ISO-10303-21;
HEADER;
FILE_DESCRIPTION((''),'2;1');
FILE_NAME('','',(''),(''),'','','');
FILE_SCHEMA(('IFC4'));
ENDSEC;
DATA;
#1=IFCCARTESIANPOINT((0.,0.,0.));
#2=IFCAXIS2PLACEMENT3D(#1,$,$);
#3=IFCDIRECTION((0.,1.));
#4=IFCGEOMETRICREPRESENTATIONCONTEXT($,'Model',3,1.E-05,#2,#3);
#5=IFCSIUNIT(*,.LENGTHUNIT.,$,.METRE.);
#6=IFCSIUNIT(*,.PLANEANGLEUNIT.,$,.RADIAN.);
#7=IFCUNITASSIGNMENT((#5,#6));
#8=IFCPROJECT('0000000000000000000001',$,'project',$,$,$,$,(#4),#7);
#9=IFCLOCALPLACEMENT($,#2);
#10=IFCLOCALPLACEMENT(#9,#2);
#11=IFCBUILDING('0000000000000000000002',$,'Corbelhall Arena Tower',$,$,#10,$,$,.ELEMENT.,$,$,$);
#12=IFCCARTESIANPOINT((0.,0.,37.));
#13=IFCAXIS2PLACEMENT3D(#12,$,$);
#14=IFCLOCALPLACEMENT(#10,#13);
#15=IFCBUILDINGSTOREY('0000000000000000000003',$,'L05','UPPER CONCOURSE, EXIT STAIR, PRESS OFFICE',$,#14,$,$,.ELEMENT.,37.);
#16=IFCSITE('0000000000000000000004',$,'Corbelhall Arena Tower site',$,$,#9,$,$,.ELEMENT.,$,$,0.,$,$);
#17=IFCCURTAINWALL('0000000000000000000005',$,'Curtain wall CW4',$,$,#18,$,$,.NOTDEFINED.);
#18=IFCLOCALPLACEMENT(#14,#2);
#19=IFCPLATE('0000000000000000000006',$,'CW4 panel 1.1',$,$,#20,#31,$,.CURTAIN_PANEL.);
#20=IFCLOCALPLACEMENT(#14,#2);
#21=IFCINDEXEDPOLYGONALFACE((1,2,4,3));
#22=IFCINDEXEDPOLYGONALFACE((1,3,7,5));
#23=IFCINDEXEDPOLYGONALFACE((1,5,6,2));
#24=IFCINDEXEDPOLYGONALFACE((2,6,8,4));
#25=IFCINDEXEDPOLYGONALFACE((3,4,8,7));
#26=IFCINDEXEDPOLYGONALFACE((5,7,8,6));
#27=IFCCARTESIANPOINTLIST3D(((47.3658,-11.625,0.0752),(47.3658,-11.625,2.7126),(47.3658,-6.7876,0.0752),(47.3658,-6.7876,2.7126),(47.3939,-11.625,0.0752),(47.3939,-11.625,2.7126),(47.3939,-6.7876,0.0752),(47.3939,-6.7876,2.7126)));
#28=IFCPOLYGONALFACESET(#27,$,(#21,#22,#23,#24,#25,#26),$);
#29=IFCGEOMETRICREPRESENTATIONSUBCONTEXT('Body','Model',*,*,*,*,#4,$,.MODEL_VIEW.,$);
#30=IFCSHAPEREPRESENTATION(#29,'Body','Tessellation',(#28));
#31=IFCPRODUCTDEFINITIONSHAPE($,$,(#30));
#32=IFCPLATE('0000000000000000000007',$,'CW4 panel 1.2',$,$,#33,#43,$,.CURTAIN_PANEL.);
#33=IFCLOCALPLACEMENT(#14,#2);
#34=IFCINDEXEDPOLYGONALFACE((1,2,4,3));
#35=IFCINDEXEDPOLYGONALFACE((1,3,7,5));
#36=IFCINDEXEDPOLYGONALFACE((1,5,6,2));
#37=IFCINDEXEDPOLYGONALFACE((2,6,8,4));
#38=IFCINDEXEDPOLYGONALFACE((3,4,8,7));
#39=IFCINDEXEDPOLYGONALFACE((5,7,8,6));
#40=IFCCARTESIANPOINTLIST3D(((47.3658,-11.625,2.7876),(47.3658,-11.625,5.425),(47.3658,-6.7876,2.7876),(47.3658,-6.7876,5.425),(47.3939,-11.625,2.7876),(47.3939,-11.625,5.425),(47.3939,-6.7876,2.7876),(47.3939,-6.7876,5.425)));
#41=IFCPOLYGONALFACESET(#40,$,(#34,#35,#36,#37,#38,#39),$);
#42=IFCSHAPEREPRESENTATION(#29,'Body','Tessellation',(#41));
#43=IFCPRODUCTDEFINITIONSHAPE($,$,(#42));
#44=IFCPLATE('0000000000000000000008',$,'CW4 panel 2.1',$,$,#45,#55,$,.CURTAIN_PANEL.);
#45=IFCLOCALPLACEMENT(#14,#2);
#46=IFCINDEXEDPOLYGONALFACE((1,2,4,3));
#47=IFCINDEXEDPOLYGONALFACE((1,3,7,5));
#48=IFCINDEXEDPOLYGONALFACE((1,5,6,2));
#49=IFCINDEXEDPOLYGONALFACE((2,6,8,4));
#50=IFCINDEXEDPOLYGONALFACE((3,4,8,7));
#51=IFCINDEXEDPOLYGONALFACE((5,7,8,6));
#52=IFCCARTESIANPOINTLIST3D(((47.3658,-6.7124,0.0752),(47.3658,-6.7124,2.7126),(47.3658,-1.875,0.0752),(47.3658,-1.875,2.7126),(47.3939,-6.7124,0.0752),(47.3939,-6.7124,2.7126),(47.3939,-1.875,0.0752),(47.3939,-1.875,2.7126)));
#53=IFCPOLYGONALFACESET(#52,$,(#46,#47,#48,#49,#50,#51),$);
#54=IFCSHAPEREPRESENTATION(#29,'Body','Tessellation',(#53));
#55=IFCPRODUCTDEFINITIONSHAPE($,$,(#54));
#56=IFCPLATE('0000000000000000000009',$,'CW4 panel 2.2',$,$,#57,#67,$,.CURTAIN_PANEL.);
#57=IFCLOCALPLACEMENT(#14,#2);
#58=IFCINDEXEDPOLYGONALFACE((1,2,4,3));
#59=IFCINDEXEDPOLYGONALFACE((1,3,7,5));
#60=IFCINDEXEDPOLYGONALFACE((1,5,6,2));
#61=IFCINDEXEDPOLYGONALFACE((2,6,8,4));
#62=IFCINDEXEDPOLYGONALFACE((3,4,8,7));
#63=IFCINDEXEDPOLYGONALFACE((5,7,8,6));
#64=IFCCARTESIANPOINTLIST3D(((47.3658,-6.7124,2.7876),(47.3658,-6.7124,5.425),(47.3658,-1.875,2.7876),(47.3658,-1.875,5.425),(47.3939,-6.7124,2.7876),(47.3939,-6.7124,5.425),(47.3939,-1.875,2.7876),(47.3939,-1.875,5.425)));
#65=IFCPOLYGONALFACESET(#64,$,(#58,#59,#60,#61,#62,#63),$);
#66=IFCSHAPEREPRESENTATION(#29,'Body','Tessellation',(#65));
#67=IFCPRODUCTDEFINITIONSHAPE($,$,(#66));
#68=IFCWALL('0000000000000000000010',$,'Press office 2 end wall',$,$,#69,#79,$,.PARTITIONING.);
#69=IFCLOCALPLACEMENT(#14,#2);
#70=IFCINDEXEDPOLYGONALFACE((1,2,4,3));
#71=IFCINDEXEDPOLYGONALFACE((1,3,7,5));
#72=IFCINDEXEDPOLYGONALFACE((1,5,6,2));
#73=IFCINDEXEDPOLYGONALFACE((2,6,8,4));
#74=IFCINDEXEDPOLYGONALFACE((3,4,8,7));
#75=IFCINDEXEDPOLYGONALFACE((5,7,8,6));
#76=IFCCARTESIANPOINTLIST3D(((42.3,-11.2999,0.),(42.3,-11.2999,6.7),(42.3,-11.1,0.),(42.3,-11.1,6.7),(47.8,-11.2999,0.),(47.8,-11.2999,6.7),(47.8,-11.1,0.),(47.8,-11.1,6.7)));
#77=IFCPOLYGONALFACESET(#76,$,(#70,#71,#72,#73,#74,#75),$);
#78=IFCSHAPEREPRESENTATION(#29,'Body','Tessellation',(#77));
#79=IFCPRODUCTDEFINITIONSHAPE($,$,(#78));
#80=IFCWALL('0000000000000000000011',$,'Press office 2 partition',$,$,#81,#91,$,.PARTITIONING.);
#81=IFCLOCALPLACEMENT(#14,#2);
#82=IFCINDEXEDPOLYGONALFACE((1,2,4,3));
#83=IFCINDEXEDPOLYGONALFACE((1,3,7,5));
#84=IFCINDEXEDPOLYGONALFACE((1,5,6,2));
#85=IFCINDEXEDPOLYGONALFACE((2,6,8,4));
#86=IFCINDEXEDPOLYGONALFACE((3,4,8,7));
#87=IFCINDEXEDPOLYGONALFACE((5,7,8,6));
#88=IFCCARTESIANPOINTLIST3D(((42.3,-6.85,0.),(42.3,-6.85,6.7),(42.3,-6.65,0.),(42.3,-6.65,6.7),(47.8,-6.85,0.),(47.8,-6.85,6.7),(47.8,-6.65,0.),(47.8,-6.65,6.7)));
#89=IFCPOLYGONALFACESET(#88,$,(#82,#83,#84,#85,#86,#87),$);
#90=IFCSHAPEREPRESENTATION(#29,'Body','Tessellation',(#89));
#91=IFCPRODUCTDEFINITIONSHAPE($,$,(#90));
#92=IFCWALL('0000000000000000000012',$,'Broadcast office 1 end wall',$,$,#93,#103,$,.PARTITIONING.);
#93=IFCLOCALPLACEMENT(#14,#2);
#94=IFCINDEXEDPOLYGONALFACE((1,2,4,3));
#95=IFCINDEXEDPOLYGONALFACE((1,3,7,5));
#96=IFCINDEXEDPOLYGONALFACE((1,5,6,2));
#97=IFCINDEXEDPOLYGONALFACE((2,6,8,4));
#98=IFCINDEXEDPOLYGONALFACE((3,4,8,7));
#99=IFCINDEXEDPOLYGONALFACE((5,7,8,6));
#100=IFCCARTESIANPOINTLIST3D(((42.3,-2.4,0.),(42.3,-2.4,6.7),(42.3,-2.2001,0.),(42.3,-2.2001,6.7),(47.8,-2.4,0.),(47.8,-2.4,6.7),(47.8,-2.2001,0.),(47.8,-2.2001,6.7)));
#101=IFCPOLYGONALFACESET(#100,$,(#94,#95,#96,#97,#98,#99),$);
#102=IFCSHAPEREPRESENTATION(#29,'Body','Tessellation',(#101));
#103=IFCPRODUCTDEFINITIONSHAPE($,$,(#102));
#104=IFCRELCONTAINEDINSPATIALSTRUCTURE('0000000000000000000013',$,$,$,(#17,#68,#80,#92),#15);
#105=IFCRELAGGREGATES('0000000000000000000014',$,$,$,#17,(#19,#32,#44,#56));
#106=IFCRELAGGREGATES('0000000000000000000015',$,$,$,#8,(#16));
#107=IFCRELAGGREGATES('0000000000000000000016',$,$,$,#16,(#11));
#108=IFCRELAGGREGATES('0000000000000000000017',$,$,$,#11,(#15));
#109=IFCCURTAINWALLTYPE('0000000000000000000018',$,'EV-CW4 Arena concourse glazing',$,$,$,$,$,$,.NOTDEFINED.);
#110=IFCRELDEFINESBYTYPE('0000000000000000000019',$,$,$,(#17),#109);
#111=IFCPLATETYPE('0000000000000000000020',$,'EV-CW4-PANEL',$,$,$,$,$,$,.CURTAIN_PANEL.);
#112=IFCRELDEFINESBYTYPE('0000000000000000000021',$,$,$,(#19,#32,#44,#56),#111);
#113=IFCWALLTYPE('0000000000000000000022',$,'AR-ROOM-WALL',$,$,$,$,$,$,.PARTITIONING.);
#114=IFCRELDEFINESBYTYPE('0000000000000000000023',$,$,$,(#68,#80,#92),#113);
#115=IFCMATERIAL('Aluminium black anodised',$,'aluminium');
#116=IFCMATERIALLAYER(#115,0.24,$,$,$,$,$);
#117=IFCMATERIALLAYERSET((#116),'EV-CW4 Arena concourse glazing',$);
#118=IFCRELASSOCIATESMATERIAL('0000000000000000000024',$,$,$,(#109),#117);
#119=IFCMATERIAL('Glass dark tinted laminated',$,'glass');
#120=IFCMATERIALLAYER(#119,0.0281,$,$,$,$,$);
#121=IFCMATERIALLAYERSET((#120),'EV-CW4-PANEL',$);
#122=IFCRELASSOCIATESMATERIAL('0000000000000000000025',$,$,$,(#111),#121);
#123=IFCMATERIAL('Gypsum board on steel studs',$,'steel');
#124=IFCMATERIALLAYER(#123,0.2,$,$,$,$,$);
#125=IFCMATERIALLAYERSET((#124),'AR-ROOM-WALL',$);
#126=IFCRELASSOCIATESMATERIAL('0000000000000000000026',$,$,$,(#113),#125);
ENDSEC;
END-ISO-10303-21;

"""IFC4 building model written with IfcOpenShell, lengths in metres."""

from ifc_helpers import new_model, si_unit, direction, frame, frame_2d, origin, origin_2d, place, context, subcontext, project, spatial, rectangle, extrude, material, layer, layer_set, type_object, element, aggregate, save


model = new_model("IFC4")

# Units and contexts
model_context = context("Model", 3, precision=1e-05, world=origin(), true_north=direction((0.0, 1.0)))
body_context = subcontext(model_context, "Body", "Model", "MODEL_VIEW")
ifc_project = project(units=[si_unit("LENGTHUNIT", "METRE"), si_unit("PLANEANGLEUNIT", "RADIAN")], contexts=[model_context])

# Site, building, storey
site_placement = place(None, origin())
site = spatial("IfcSite", under=ifc_project, at=site_placement, Name="Corbelhall Arena Tower site", CompositionType="ELEMENT", RefElevation=0.0)
building_placement = place(site_placement, origin())
building = spatial("IfcBuilding", under=site, at=building_placement, Name="Corbelhall Arena Tower", CompositionType="ELEMENT")
storey_placement = place(building_placement, frame((0.0, 0.0, 37.0)))
storey = spatial("IfcBuildingStorey", under=building, at=storey_placement, Name="L05", Description="UPPER CONCOURSE, EXIT STAIR, PRESS OFFICE", CompositionType="ELEMENT", Elevation=37.0)

# Curtain wall
ifc_material_1 = material(Name="Aluminium black anodised", Category="aluminium")
ifc_layer_1 = layer(ifc_material_1, 0.24)
ifc_layer_set_1 = layer_set([ifc_layer_1], Name="EV-CW4 Arena concourse glazing")
curtain_wall_type = type_object("IfcCurtainWallType", Name="EV-CW4 Arena concourse glazing", PredefinedType="NOTDEFINED", material=ifc_layer_set_1)
curtain_wall_placement = place(storey_placement, origin())
curtain_wall = element("IfcCurtainWall", 1, at=curtain_wall_placement, inside=storey, type_object=curtain_wall_type, Name="Curtain wall CW4", PredefinedType="NOTDEFINED")

# Plates
ifc_material_2 = material(Name="Glass dark tinted laminated", Category="glass")
ifc_layer_2 = layer(ifc_material_2, 0.0281)
ifc_layer_set_2 = layer_set([ifc_layer_2], Name="EV-CW4-PANEL")
plate_type = type_object("IfcPlateType", Name="EV-CW4-PANEL", PredefinedType="CURTAIN_PANEL", material=ifc_layer_set_2)
plate_1_placement = place(storey_placement, frame((47.3799, -9.2063, 0.0752), z_axis=(0.0, 0.0, 1.0), x_axis=(0.0, 1.0, 0.0)))
plate_1 = element("IfcPlate", 2, at=plate_1_placement, type_object=plate_type, Name="CW4 panel 1.1", PredefinedType="CURTAIN_PANEL", context=body_context, shape_type="SweptSolid", body=[
    extrude(rectangle(XDim=4.8374, YDim=0.0281, at=origin_2d()), origin(), (0.0, 0.0, 1.0), 2.6375),
])
plate_2_placement = place(storey_placement, frame((47.3799, -9.2063, 2.7876), z_axis=(0.0, 0.0, 1.0), x_axis=(0.0, 1.0, 0.0)))
plate_2 = element("IfcPlate", 3, at=plate_2_placement, type_object=plate_type, Name="CW4 panel 1.2", PredefinedType="CURTAIN_PANEL", context=body_context, shape_type="SweptSolid", body=[
    extrude(rectangle(XDim=4.8374, YDim=0.0281, at=origin_2d()), origin(), (0.0, 0.0, 1.0), 2.6375),
])
plate_3_placement = place(storey_placement, frame((47.3799, -4.2937, 0.0752), z_axis=(0.0, 0.0, 1.0), x_axis=(0.0, 1.0, 0.0)))
plate_3 = element("IfcPlate", 4, at=plate_3_placement, type_object=plate_type, Name="CW4 panel 2.1", PredefinedType="CURTAIN_PANEL", context=body_context, shape_type="SweptSolid", body=[
    extrude(rectangle(XDim=4.8374, YDim=0.0281, at=origin_2d()), origin(), (0.0, 0.0, 1.0), 2.6375),
])
plate_4_placement = place(storey_placement, frame((47.3799, -4.2937, 2.7876), z_axis=(0.0, 0.0, 1.0), x_axis=(0.0, 1.0, 0.0)))
plate_4 = element("IfcPlate", 5, at=plate_4_placement, type_object=plate_type, Name="CW4 panel 2.2", PredefinedType="CURTAIN_PANEL", context=body_context, shape_type="SweptSolid", body=[
    extrude(rectangle(XDim=4.8374, YDim=0.0281, at=origin_2d()), origin(), (0.0, 0.0, 1.0), 2.6375),
])
aggregate(curtain_wall, [plate_1, plate_2, plate_3, plate_4])

# Shared definitions
ifc_material_3 = material(Name="Gypsum board on steel studs", Category="steel")
ifc_layer_3 = layer(ifc_material_3, 0.2)
ifc_layer_set_3 = layer_set([ifc_layer_3], Name="AR-ROOM-WALL")
wall_type = type_object("IfcWallType", Name="AR-ROOM-WALL", PredefinedType="PARTITIONING", material=ifc_layer_set_3)

# Walls
for number, where, z_axis, x_axis, name in (
    (6, (42.3, -11.2, 0.0), (0.0, 0.0, 1.0), (1.0, 0.0, 0.0), "Press office 2 end wall"),
    (7, (42.3, -6.75, 0.0), (0.0, 0.0, 1.0), (1.0, 0.0, 0.0), "Press office 2 partition"),
):
    element("IfcWall", number, at=place(storey_placement, frame(where, z_axis=z_axis, x_axis=x_axis)), inside=storey, type_object=wall_type, Name=name, PredefinedType="PARTITIONING", context=body_context, shape_type="SweptSolid", body=[
        extrude(rectangle(XDim=5.5, YDim=0.2, at=frame_2d((2.75, 0.0))), origin(), (0.0, 0.0, 1.0), 6.7),
    ])

# Wall
wall_1_placement = place(storey_placement, frame((42.3, -2.3, 0.0), z_axis=(0.0, 0.0, 1.0), x_axis=(1.0, 0.0, 0.0)))
element("IfcWall", 8, at=wall_1_placement, inside=storey, type_object=wall_type, Name="Broadcast office 1 end wall", PredefinedType="PARTITIONING", context=body_context, shape_type="SweptSolid", body=[
    extrude(rectangle(XDim=5.5, YDim=0.2, at=frame_2d((2.75, 0.0))), origin(), (0.0, 0.0, 1.0), 6.7),
])

save(model, "model.ifc")
